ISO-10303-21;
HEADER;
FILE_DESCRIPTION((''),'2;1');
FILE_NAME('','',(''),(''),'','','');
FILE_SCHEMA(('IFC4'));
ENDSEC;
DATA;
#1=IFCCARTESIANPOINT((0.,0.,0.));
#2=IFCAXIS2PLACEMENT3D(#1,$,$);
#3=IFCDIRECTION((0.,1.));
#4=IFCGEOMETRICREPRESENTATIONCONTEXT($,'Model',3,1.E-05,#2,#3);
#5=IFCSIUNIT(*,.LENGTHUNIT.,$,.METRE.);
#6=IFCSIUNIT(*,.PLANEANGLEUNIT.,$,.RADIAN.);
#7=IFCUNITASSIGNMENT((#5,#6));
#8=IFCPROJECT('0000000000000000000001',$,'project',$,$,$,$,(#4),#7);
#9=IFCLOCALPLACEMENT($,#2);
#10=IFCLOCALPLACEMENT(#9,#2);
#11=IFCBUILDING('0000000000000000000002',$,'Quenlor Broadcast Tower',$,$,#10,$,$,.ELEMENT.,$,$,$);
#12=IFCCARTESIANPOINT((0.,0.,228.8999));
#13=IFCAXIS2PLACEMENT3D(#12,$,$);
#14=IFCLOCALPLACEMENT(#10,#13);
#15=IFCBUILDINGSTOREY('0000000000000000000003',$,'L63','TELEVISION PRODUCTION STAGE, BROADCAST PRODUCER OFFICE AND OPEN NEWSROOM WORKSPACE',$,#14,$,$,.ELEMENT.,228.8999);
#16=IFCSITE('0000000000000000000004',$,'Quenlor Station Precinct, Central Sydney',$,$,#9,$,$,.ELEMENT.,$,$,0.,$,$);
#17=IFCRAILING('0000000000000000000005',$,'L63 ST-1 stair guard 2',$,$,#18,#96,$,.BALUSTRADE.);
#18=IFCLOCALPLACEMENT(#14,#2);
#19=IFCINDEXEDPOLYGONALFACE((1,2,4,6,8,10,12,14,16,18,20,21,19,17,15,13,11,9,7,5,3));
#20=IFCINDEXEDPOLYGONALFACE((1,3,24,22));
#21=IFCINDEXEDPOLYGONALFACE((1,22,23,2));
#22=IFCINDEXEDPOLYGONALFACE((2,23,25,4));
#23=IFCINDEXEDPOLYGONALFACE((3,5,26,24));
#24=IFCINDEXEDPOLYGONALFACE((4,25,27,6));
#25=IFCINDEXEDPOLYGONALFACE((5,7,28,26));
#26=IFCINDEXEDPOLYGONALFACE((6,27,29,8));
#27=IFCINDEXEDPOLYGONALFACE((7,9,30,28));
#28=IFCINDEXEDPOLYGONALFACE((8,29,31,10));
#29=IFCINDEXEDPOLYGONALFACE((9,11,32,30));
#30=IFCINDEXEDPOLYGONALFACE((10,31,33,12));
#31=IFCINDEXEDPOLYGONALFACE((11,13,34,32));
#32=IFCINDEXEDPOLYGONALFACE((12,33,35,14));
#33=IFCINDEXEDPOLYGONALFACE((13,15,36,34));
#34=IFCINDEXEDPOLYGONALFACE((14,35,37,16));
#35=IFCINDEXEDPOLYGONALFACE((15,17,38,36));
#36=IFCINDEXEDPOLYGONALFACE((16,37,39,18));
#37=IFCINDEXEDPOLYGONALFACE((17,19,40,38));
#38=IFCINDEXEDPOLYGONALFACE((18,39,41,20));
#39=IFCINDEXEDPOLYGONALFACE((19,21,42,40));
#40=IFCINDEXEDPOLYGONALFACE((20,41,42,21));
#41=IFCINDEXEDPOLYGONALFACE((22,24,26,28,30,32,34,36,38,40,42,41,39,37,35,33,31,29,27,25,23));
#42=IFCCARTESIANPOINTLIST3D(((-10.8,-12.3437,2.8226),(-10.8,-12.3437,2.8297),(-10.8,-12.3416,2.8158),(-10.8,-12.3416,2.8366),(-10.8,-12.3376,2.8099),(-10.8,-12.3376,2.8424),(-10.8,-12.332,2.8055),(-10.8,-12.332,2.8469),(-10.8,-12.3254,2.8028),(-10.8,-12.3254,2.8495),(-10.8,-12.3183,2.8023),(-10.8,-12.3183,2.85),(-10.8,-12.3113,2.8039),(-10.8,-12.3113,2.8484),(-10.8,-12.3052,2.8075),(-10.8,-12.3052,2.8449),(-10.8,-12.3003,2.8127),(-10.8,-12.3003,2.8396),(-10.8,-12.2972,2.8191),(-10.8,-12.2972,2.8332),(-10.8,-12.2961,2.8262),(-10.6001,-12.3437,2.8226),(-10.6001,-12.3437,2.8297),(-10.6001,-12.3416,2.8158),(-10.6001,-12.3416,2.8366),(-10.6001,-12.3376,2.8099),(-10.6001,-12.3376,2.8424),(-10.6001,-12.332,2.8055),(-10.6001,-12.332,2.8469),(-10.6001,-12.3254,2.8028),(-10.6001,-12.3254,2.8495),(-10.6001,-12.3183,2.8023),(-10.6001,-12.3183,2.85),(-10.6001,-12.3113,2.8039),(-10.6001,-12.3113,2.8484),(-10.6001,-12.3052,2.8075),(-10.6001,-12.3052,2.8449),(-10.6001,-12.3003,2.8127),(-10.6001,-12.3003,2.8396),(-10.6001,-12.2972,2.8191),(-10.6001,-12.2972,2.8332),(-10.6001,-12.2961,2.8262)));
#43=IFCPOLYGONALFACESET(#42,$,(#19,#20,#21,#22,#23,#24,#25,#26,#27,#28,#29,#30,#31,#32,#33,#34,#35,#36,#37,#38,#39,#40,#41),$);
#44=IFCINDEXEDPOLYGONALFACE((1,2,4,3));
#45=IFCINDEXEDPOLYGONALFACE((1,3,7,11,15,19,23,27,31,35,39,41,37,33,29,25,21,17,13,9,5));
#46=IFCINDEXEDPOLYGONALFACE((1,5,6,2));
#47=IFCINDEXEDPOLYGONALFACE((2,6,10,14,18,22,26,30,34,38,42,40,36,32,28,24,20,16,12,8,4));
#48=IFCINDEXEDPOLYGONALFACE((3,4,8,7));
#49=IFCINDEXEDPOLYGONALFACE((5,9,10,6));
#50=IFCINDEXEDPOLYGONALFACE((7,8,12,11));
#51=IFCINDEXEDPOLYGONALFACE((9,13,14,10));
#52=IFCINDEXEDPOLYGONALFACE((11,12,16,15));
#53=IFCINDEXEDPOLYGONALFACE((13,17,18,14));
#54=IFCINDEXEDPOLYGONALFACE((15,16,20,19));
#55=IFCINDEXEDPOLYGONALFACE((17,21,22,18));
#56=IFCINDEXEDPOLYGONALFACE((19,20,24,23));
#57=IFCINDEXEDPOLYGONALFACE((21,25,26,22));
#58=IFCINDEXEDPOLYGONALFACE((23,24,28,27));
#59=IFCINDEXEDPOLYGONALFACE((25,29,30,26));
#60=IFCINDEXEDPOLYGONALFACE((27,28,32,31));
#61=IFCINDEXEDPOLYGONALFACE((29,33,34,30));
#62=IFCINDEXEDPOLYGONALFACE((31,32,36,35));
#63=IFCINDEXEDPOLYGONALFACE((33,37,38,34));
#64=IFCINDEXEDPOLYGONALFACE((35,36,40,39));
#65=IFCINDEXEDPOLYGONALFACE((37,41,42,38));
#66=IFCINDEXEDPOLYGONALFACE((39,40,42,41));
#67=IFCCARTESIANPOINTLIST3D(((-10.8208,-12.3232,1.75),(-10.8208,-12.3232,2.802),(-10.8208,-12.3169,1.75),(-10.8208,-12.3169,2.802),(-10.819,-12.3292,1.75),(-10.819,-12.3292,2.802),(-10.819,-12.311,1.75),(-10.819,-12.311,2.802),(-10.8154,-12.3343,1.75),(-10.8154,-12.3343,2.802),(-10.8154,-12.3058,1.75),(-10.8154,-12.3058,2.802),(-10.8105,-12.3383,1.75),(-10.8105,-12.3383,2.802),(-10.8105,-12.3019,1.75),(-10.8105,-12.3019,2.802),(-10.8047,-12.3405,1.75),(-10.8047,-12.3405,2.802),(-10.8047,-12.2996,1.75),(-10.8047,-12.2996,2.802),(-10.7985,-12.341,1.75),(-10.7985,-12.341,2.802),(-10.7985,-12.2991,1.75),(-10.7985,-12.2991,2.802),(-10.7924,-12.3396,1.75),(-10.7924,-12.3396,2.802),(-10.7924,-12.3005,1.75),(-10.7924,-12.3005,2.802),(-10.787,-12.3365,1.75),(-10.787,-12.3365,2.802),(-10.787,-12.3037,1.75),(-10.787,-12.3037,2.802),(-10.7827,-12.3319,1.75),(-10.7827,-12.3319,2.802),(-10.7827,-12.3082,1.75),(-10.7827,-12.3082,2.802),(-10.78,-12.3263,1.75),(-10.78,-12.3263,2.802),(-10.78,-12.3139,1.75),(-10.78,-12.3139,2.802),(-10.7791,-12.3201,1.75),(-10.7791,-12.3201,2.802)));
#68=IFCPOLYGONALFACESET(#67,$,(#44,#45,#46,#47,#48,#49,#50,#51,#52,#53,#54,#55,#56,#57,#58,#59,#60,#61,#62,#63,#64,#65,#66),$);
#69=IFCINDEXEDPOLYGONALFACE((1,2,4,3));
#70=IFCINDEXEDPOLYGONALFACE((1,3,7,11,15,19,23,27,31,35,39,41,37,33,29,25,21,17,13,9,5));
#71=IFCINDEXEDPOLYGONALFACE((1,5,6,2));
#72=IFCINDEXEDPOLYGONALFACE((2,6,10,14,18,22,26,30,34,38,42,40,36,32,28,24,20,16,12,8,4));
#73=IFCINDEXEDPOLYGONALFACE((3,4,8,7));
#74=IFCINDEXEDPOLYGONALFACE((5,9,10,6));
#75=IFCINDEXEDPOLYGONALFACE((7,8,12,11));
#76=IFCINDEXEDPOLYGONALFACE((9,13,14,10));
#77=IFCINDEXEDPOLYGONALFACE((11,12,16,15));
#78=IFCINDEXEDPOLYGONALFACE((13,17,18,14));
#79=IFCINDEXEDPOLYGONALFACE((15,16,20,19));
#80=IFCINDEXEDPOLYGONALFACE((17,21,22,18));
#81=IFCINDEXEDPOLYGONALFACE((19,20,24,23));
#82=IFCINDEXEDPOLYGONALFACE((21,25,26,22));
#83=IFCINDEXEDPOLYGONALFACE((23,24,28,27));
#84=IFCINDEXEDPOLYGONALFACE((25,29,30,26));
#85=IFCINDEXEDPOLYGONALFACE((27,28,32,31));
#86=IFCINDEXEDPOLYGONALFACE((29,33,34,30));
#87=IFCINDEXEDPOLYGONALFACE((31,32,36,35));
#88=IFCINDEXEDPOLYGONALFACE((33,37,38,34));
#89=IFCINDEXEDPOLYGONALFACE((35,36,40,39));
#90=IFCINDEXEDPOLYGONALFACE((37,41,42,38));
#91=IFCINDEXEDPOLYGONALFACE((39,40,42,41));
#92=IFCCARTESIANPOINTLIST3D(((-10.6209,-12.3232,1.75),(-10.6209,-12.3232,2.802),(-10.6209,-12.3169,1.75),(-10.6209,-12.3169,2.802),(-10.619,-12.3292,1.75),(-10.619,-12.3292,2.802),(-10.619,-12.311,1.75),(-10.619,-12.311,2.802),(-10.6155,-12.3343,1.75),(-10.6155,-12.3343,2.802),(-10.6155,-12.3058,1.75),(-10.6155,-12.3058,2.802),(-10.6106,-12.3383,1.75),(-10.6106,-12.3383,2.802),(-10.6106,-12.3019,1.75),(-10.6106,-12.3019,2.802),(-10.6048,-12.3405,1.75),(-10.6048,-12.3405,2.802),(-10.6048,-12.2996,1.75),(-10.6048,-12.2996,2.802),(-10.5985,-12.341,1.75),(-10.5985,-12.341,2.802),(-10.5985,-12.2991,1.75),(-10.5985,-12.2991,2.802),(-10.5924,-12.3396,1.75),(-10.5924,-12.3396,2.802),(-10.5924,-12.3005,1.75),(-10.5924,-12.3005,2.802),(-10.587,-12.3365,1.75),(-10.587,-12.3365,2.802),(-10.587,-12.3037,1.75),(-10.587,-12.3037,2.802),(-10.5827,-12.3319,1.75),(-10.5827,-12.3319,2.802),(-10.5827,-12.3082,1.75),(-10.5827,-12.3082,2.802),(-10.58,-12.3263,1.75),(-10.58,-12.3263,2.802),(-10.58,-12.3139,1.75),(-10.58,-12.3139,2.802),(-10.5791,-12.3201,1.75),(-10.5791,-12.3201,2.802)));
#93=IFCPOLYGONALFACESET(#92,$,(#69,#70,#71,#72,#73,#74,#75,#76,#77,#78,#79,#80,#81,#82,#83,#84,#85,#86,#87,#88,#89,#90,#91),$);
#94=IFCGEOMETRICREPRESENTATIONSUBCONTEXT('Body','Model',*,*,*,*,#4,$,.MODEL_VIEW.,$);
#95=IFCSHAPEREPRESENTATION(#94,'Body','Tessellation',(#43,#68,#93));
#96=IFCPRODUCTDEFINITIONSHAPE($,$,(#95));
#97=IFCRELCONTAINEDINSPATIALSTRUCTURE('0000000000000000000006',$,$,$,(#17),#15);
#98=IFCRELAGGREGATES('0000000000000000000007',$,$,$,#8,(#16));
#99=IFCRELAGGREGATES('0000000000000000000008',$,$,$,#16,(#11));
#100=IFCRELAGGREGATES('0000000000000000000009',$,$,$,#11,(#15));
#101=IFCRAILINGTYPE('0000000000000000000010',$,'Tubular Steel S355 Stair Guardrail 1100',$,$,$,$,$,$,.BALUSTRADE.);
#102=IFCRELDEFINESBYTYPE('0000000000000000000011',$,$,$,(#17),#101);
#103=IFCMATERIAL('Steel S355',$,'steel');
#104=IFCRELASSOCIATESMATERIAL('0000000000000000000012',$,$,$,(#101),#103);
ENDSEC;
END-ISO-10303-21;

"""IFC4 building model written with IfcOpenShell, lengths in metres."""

from ifc_helpers import new_model, si_unit, direction, frame, origin, origin_2d, place, context, subcontext, project, spatial, circle, extrude, material, type_object, element, save


model = new_model("IFC4")

# Units and contexts
model_context = context("Model", 3, precision=1e-05, world=origin(), true_north=direction((0.0, 1.0)))
body_context = subcontext(model_context, "Body", "Model", "MODEL_VIEW")
ifc_project = project(units=[si_unit("LENGTHUNIT", "METRE"), si_unit("PLANEANGLEUNIT", "RADIAN")], contexts=[model_context])

# Site, building, storey
site_placement = place(None, origin())
site = spatial("IfcSite", under=ifc_project, at=site_placement, Name="Quenlor Station Precinct, Central Sydney", CompositionType="ELEMENT", RefElevation=0.0)
building_placement = place(site_placement, origin())
building = spatial("IfcBuilding", under=site, at=building_placement, Name="Quenlor Broadcast Tower", CompositionType="ELEMENT")
storey_placement = place(building_placement, frame((0.0, 0.0, 228.8999)))
storey = spatial("IfcBuildingStorey", under=building, at=storey_placement, Name="L63", Description="TELEVISION PRODUCTION STAGE, BROADCAST PRODUCER OFFICE AND OPEN NEWSROOM WORKSPACE", CompositionType="ELEMENT", Elevation=228.8999)

# Railing
ifc_material_1 = material(Name="Steel S355", Category="steel")
railing_type_1 = type_object("IfcRailingType", Name="Tubular Steel S355 Stair Guardrail 1100", PredefinedType="BALUSTRADE", material=ifc_material_1)
railing_1_placement = place(storey_placement, frame((-10.8, -12.3201, 1.75)))
element("IfcRailing", 1, at=railing_1_placement, inside=storey, type_object=railing_type_1, Name="L63 ST-1 stair guard 2", PredefinedType="BALUSTRADE", context=body_context, shape_type="SweptSolid", body=[
    extrude(circle(Radius=0.0239, at=origin_2d()), frame((0.0, 0.0, 1.0762), z_axis=(1.0, 0.0, 0.0), x_axis=(0.0, 1.0, 0.0)), (0.0, 0.0, 1.0), 0.2),
    extrude(circle(Radius=0.021, at=origin_2d()), origin(), (0.0, 0.0, 1.0), 1.052),
    extrude(circle(Radius=0.021, at=origin_2d()), frame((0.2, 0.0, 0.0)), (0.0, 0.0, 1.0), 1.052),
])

save(model, "model.ifc")
